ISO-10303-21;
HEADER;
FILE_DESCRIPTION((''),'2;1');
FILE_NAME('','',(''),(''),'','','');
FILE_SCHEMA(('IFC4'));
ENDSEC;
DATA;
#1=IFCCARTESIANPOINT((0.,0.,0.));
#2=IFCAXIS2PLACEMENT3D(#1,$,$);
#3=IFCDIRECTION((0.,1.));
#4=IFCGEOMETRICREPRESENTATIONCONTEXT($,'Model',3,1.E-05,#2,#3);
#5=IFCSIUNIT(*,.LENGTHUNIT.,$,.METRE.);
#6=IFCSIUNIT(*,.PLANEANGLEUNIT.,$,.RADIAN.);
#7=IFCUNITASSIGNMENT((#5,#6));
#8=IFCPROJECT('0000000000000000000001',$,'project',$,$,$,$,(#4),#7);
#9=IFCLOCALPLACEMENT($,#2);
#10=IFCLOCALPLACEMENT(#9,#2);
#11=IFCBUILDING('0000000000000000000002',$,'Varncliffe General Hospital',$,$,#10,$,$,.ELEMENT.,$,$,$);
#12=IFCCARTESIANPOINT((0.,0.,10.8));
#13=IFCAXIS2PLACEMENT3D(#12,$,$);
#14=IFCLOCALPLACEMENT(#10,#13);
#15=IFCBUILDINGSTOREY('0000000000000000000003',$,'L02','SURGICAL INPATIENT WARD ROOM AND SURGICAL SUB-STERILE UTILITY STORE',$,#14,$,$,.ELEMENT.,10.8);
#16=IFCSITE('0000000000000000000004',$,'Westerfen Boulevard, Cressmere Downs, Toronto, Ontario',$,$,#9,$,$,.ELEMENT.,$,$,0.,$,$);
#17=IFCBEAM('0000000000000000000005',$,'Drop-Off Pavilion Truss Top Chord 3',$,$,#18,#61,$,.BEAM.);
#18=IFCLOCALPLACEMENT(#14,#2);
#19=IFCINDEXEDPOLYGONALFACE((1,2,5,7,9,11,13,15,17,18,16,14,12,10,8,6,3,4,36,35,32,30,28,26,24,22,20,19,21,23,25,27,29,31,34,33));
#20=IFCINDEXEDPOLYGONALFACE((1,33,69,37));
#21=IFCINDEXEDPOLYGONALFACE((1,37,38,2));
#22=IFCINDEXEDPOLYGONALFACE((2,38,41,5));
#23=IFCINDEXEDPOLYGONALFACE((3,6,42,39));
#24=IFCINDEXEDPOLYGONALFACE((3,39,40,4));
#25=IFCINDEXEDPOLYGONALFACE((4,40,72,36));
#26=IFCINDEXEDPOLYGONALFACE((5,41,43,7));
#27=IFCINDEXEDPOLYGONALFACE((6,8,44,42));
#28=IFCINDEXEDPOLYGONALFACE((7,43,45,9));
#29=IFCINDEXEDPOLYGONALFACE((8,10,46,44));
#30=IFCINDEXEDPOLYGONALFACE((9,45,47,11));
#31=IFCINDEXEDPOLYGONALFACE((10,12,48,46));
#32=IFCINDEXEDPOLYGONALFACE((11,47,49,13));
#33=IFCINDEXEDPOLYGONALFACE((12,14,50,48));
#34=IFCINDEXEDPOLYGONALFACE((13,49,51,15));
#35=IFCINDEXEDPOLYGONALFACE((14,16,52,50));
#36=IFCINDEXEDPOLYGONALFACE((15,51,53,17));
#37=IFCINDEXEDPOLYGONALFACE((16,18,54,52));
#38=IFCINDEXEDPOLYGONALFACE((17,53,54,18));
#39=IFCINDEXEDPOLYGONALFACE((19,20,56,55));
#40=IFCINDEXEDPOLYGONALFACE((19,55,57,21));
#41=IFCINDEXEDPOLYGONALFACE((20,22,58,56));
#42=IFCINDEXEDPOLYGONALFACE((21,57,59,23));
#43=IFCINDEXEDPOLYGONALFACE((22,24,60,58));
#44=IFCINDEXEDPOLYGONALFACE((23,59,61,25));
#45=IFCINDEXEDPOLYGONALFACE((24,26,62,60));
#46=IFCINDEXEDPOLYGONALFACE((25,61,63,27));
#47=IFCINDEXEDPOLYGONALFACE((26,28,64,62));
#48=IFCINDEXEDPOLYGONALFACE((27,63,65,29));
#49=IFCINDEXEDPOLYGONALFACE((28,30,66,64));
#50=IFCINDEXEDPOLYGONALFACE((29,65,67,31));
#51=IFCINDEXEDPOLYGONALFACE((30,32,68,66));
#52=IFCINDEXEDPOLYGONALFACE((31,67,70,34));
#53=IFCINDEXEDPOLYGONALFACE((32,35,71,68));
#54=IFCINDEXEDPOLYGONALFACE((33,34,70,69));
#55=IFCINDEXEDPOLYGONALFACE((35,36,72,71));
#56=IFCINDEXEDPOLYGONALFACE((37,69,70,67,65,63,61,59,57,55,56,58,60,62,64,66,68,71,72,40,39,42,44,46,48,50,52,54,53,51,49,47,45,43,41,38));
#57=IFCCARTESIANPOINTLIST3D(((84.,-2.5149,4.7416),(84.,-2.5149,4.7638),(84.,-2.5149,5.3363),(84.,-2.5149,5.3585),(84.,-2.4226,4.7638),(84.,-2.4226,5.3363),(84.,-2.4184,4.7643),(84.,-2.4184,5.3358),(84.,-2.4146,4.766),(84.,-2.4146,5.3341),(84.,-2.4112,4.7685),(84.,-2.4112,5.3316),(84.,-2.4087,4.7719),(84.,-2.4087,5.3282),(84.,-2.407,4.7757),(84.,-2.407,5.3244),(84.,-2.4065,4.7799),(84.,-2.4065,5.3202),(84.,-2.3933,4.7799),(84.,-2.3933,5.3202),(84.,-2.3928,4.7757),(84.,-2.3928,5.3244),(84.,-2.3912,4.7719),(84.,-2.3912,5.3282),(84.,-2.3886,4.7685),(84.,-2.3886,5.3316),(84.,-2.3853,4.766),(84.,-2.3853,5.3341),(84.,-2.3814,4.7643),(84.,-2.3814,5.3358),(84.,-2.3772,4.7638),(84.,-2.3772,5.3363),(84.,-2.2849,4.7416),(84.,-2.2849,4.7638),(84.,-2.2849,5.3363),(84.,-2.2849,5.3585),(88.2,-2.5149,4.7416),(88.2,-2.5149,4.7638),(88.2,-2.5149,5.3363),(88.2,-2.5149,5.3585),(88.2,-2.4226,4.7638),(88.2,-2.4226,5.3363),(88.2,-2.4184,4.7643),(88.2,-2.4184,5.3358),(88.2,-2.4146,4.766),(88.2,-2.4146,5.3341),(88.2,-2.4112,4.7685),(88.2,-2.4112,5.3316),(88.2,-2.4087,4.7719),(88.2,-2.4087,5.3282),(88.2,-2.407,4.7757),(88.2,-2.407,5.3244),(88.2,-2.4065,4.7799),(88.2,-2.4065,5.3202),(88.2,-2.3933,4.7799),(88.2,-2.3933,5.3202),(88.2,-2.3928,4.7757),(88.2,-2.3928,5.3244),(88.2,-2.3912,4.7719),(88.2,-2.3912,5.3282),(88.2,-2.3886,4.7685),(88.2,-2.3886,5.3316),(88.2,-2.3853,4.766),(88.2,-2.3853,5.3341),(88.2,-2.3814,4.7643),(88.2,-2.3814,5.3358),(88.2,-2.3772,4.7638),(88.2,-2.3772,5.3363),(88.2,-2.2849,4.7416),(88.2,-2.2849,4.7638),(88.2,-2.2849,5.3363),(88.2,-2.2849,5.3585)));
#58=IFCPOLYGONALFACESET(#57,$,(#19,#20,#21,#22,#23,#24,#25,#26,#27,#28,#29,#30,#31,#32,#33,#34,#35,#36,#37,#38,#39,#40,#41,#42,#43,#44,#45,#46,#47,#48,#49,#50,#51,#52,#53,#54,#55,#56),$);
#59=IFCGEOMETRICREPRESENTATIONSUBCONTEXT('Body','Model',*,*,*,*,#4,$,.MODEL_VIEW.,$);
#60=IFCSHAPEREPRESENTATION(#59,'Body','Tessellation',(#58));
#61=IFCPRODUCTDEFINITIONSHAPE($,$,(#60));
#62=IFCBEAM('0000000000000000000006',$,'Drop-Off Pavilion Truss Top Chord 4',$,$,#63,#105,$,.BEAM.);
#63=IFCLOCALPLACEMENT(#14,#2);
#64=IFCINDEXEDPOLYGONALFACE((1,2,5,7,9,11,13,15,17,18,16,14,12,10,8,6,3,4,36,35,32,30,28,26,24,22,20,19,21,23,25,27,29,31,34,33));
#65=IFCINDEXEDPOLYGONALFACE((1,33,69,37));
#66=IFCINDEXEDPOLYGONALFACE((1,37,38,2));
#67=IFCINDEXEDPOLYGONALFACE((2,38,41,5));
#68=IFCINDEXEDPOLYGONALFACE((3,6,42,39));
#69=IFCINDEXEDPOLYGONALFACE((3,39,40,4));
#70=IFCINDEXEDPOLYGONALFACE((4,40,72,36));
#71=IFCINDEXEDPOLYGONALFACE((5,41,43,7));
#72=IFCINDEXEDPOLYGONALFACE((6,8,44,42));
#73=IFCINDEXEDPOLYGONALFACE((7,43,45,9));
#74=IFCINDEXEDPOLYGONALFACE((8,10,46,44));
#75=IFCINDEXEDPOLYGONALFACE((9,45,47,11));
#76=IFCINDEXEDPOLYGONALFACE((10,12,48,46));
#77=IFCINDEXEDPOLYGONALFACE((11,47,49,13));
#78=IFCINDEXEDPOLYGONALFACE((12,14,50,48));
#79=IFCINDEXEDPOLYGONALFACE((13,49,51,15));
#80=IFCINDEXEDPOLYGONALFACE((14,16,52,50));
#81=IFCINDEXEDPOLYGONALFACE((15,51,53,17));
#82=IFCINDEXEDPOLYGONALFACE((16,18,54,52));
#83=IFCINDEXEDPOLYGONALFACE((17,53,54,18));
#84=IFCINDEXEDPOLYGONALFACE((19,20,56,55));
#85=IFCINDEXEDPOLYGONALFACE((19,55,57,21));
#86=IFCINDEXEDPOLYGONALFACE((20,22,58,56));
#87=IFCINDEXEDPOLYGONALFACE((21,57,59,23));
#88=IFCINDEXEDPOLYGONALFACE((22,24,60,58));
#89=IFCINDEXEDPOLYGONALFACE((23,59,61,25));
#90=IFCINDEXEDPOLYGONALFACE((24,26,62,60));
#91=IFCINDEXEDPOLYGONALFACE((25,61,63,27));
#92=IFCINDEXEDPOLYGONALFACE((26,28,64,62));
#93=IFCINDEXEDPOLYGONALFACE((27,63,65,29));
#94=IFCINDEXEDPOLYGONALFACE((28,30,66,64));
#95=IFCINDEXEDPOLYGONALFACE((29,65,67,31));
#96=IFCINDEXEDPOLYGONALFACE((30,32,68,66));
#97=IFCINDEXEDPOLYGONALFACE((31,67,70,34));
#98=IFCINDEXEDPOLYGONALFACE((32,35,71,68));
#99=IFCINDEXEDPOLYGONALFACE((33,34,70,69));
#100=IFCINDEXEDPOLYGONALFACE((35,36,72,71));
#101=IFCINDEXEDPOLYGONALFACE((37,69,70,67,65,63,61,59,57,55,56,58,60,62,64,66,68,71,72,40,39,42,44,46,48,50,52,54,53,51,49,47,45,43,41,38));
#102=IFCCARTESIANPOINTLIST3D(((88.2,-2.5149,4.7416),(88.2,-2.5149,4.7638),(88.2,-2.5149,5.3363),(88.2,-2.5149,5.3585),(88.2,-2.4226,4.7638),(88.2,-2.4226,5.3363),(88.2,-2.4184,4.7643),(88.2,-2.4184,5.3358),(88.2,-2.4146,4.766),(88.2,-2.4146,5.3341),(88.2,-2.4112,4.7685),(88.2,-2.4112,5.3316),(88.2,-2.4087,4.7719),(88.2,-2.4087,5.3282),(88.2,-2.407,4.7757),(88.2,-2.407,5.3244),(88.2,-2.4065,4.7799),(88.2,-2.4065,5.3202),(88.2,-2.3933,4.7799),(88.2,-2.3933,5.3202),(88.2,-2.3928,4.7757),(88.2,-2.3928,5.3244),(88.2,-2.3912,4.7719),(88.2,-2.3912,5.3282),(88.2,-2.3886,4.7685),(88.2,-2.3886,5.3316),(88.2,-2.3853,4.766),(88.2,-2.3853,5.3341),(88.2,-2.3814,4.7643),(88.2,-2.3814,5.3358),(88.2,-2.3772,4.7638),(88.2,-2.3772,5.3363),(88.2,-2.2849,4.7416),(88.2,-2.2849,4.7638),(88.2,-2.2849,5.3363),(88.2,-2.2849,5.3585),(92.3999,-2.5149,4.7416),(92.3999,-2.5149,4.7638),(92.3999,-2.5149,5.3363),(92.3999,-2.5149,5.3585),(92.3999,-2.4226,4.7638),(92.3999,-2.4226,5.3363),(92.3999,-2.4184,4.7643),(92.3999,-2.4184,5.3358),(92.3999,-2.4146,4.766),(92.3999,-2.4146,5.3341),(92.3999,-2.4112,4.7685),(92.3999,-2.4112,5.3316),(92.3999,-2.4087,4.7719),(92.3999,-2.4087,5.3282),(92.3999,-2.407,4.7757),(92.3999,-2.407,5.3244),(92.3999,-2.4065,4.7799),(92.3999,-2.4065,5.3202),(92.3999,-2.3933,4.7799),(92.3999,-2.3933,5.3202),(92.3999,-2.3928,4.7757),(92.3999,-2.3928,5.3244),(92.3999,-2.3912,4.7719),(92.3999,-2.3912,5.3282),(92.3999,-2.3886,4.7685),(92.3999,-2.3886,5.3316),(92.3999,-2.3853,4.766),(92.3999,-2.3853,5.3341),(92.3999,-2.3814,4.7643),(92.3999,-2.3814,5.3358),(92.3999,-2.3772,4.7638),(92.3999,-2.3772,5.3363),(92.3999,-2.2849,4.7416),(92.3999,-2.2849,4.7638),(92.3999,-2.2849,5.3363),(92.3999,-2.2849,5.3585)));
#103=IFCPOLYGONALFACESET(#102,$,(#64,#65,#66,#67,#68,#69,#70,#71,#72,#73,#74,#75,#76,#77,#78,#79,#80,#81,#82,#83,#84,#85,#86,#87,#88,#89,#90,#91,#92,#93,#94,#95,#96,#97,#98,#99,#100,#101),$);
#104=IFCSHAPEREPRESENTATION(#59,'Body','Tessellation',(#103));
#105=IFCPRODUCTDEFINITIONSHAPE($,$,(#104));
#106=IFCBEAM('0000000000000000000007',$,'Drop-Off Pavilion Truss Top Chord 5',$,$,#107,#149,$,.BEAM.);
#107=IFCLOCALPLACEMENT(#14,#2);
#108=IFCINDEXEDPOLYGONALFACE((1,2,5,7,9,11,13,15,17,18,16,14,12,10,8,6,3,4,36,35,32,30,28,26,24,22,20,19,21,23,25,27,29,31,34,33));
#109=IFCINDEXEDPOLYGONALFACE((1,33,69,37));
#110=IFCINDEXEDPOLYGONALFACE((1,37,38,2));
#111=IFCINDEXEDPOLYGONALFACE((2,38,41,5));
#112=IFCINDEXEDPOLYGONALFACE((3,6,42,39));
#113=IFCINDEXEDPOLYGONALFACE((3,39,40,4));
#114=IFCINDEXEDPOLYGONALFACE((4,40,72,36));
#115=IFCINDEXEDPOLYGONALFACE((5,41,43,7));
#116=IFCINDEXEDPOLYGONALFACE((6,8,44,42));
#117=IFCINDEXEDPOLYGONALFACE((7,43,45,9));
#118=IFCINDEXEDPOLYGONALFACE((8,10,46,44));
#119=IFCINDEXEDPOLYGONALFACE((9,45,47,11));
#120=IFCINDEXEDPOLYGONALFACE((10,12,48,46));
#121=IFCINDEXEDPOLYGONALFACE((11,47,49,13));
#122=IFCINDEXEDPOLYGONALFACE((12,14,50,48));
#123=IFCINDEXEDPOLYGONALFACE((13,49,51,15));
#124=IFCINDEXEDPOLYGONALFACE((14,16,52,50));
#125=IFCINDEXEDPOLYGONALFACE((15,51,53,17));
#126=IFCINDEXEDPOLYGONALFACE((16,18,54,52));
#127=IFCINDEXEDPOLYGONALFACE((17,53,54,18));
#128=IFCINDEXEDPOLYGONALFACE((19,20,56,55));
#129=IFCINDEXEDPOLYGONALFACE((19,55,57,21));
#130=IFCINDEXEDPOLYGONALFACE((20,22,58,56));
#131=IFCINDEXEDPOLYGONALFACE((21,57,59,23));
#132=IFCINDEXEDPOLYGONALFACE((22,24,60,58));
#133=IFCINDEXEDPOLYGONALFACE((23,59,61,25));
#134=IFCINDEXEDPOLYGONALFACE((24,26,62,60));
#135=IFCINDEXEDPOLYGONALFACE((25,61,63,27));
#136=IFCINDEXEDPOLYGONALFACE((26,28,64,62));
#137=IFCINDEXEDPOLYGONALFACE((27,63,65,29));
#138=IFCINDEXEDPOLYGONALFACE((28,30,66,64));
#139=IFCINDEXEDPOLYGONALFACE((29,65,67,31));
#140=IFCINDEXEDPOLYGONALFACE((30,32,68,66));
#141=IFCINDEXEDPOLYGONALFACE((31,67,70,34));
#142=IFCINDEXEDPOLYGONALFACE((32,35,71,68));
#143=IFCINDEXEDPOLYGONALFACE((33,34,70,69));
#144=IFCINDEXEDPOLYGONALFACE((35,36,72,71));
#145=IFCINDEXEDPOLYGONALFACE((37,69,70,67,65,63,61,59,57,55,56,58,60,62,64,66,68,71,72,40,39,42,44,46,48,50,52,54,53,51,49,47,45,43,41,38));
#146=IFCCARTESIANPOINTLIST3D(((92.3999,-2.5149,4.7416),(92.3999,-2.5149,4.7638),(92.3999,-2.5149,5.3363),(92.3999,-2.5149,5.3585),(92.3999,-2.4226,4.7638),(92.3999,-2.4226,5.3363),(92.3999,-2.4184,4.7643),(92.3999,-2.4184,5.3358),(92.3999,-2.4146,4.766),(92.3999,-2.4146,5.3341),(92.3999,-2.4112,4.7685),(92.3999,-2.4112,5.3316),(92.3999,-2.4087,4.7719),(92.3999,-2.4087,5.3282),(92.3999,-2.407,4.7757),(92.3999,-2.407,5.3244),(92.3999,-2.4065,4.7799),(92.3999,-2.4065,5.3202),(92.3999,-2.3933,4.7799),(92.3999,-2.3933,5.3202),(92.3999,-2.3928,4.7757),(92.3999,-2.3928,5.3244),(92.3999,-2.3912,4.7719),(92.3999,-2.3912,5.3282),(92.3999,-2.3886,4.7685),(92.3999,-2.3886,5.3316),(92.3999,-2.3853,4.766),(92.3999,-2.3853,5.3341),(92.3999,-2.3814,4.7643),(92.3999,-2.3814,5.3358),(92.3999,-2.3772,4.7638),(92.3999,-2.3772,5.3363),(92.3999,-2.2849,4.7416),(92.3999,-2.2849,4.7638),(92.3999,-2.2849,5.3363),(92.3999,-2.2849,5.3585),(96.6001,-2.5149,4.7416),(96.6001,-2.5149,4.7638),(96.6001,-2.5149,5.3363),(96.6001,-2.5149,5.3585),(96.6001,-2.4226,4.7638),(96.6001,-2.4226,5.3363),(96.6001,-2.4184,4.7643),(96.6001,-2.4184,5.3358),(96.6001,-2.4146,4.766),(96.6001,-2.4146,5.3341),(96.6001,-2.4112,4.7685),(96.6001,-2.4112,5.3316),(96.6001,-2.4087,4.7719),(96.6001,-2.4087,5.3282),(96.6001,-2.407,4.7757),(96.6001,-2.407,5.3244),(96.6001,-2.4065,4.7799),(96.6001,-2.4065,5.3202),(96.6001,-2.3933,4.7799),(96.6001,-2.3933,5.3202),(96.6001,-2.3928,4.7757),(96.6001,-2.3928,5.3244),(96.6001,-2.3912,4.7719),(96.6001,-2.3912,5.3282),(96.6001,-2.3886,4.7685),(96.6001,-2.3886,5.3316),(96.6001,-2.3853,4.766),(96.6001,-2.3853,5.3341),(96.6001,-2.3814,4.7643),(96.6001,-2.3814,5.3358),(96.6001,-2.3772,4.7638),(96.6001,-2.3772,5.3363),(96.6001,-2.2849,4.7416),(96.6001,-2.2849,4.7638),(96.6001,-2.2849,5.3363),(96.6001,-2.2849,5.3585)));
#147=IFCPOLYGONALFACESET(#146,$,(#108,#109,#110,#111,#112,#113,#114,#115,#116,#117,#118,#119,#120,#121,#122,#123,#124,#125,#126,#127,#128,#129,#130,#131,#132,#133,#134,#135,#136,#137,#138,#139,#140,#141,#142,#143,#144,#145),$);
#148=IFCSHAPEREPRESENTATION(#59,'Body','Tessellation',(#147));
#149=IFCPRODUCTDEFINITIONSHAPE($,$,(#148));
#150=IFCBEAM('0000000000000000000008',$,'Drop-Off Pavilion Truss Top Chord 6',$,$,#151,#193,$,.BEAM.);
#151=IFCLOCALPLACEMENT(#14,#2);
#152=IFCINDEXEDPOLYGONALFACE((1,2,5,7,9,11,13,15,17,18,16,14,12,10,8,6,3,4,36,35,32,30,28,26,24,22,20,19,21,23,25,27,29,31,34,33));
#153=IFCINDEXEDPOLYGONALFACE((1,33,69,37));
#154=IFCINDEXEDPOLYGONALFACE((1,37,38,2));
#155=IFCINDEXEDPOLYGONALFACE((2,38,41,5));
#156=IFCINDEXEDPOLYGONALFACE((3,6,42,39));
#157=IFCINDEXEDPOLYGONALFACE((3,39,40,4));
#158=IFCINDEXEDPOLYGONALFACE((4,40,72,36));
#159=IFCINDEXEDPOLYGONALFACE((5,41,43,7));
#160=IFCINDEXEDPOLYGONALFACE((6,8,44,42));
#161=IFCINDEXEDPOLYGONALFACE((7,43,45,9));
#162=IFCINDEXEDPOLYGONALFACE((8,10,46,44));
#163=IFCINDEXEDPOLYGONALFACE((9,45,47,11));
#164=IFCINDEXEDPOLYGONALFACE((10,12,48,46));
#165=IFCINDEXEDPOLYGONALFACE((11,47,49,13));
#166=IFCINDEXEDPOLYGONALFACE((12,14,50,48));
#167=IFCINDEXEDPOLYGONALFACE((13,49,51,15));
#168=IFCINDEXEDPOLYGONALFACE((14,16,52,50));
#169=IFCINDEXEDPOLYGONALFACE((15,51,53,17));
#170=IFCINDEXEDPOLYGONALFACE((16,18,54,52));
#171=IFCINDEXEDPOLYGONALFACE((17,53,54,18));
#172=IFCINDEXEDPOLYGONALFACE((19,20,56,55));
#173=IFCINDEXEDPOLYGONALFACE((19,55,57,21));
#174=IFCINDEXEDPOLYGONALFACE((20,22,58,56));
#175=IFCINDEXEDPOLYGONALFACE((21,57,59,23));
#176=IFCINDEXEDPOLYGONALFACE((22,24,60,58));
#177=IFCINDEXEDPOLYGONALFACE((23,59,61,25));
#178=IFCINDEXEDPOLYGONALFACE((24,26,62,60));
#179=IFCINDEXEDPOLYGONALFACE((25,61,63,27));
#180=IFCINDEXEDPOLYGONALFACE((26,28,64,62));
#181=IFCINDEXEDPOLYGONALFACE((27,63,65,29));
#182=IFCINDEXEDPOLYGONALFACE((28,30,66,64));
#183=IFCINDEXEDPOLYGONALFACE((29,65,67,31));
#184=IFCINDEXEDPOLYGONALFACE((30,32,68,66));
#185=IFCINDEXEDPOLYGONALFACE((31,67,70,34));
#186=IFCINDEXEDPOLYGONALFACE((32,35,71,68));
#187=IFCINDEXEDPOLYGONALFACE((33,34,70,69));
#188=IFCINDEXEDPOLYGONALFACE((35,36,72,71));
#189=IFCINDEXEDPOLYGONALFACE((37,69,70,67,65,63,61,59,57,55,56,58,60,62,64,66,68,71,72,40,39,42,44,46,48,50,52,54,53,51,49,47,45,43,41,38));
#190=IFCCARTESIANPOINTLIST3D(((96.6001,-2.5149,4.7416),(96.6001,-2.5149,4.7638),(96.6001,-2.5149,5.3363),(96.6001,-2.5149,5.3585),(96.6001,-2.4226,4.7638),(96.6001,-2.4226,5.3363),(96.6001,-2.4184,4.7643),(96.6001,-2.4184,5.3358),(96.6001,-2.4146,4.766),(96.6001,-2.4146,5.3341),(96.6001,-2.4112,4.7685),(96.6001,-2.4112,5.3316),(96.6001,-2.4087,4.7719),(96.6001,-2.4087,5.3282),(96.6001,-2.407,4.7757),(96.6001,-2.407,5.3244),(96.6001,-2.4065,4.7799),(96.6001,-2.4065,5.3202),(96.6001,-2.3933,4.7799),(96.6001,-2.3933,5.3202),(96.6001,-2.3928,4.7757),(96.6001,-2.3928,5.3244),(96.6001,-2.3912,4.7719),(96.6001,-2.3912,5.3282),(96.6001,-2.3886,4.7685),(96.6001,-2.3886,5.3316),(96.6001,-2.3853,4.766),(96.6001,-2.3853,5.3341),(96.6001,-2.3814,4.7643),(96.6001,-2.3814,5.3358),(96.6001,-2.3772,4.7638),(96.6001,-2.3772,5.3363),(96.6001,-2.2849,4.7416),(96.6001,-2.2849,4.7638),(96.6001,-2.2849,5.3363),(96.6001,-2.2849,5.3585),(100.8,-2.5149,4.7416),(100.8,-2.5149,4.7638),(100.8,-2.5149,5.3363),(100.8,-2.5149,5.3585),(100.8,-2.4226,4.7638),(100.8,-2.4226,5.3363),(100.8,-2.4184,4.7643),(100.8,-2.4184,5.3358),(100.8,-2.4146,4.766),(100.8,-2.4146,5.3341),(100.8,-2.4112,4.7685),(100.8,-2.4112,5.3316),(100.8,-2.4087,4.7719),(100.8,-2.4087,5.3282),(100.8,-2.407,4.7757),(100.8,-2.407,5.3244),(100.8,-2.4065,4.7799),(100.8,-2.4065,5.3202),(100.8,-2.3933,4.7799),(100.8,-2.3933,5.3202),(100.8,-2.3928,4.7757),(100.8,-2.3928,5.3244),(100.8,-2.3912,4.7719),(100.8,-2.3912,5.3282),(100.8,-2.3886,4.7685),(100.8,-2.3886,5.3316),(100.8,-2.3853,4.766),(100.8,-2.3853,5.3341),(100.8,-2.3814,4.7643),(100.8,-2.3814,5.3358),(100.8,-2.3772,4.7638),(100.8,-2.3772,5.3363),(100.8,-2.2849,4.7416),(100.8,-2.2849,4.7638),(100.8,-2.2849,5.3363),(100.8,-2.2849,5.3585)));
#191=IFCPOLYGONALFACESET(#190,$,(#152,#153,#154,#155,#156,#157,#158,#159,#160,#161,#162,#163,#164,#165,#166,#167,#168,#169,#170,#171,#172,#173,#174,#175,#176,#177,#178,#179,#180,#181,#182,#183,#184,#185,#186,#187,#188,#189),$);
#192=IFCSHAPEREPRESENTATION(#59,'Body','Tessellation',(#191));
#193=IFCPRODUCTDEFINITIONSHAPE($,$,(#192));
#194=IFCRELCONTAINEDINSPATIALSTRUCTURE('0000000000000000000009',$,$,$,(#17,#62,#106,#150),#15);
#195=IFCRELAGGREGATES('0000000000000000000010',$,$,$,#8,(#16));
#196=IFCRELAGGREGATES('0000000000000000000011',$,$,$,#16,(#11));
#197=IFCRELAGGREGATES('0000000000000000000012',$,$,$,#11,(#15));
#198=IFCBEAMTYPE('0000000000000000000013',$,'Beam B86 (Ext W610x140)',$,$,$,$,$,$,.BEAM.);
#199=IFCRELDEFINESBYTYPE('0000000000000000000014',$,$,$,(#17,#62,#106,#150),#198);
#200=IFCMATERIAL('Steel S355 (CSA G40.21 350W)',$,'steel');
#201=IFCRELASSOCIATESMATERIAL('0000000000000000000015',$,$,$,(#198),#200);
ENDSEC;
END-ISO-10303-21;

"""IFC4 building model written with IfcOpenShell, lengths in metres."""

from ifc_helpers import new_model, si_unit, direction, frame, origin, origin_2d, place, context, subcontext, project, spatial, i_section, extrude, material, material_profile, profile_set, type_object, element, save


model = new_model("IFC4")

# Units and contexts
model_context = context("Model", 3, precision=1e-05, world=origin(), true_north=direction((0.0, 1.0)))
body_context = subcontext(model_context, "Body", "Model", "MODEL_VIEW")
ifc_project = project(units=[si_unit("LENGTHUNIT", "METRE"), si_unit("PLANEANGLEUNIT", "RADIAN")], contexts=[model_context])

# Site, building, storey
site_placement = place(None, origin())
site = spatial("IfcSite", under=ifc_project, at=site_placement, Name="Westerfen Boulevard, Cressmere Downs, Toronto, Ontario", CompositionType="ELEMENT", RefElevation=0.0)
building_placement = place(site_placement, origin())
building = spatial("IfcBuilding", under=site, at=building_placement, Name="Varncliffe General Hospital", CompositionType="ELEMENT")
storey_placement = place(building_placement, frame((0.0, 0.0, 10.8)))
storey = spatial("IfcBuildingStorey", under=building, at=storey_placement, Name="L02", Description="SURGICAL INPATIENT WARD ROOM AND SURGICAL SUB-STERILE UTILITY STORE", CompositionType="ELEMENT", Elevation=10.8)

# Beams
ifc_material_1 = material(Name="Steel S355 (CSA G40.21 350W)", Category="steel")
ifc_material_profile_1 = material_profile(ifc_material_1, i_section(OverallWidth=0.23, OverallDepth=0.6169, WebThickness=0.0132, FlangeThickness=0.0222, FilletRadius=0.0161, at=origin_2d()), Name="W610x140")
ifc_profile_set_1 = profile_set([ifc_material_profile_1], Name="Steel S355 (CSA G40.21 350W)")
beam_type_1 = type_object("IfcBeamType", Name="Beam B86 (Ext W610x140)", PredefinedType="BEAM", material=ifc_profile_set_1)
for number, where, z_axis, x_axis, name in (
    (1, (84.0, -2.3999, 5.05), (1.0, 0.0, 0.0), (0.0, 1.0, 0.0), "Drop-Off Pavilion Truss Top Chord 3"),
    (2, (88.2, -2.3999, 5.05), (1.0, 0.0, 0.0), (0.0, 1.0, 0.0), "Drop-Off Pavilion Truss Top Chord 4"),
):
    element("IfcBeam", number, at=place(storey_placement, frame(where, z_axis=z_axis, x_axis=x_axis)), inside=storey, type_object=beam_type_1, Name=name, PredefinedType="BEAM", context=body_context, shape_type="SweptSolid", body=[
        extrude(i_section(OverallWidth=0.23, OverallDepth=0.6169, WebThickness=0.0132, FlangeThickness=0.0222, FilletRadius=0.0161, at=origin_2d()), origin(), (0.0, 0.0, 1.0), 4.2),
    ])
beam_1_placement = place(storey_placement, frame((92.3999, -2.3999, 5.05), z_axis=(1.0, 0.0, 0.0), x_axis=(0.0, 1.0, 0.0)))
element("IfcBeam", 3, at=beam_1_placement, inside=storey, type_object=beam_type_1, Name="Drop-Off Pavilion Truss Top Chord 5", PredefinedType="BEAM", context=body_context, shape_type="SweptSolid", body=[
    extrude(i_section(OverallWidth=0.23, OverallDepth=0.6169, WebThickness=0.0132, FlangeThickness=0.0222, FilletRadius=0.0161, at=origin_2d()), origin(), (0.0, 0.0, 1.0), 4.2002),
])
beam_2_placement = place(storey_placement, frame((96.6001, -2.3999, 5.05), z_axis=(1.0, 0.0, 0.0), x_axis=(0.0, 1.0, 0.0)))
element("IfcBeam", 4, at=beam_2_placement, inside=storey, type_object=beam_type_1, Name="Drop-Off Pavilion Truss Top Chord 6", PredefinedType="BEAM", context=body_context, shape_type="SweptSolid", body=[
    extrude(i_section(OverallWidth=0.23, OverallDepth=0.6169, WebThickness=0.0132, FlangeThickness=0.0222, FilletRadius=0.0161, at=origin_2d()), origin(), (0.0, 0.0, 1.0), 4.2),
])

save(model, "model.ifc")
